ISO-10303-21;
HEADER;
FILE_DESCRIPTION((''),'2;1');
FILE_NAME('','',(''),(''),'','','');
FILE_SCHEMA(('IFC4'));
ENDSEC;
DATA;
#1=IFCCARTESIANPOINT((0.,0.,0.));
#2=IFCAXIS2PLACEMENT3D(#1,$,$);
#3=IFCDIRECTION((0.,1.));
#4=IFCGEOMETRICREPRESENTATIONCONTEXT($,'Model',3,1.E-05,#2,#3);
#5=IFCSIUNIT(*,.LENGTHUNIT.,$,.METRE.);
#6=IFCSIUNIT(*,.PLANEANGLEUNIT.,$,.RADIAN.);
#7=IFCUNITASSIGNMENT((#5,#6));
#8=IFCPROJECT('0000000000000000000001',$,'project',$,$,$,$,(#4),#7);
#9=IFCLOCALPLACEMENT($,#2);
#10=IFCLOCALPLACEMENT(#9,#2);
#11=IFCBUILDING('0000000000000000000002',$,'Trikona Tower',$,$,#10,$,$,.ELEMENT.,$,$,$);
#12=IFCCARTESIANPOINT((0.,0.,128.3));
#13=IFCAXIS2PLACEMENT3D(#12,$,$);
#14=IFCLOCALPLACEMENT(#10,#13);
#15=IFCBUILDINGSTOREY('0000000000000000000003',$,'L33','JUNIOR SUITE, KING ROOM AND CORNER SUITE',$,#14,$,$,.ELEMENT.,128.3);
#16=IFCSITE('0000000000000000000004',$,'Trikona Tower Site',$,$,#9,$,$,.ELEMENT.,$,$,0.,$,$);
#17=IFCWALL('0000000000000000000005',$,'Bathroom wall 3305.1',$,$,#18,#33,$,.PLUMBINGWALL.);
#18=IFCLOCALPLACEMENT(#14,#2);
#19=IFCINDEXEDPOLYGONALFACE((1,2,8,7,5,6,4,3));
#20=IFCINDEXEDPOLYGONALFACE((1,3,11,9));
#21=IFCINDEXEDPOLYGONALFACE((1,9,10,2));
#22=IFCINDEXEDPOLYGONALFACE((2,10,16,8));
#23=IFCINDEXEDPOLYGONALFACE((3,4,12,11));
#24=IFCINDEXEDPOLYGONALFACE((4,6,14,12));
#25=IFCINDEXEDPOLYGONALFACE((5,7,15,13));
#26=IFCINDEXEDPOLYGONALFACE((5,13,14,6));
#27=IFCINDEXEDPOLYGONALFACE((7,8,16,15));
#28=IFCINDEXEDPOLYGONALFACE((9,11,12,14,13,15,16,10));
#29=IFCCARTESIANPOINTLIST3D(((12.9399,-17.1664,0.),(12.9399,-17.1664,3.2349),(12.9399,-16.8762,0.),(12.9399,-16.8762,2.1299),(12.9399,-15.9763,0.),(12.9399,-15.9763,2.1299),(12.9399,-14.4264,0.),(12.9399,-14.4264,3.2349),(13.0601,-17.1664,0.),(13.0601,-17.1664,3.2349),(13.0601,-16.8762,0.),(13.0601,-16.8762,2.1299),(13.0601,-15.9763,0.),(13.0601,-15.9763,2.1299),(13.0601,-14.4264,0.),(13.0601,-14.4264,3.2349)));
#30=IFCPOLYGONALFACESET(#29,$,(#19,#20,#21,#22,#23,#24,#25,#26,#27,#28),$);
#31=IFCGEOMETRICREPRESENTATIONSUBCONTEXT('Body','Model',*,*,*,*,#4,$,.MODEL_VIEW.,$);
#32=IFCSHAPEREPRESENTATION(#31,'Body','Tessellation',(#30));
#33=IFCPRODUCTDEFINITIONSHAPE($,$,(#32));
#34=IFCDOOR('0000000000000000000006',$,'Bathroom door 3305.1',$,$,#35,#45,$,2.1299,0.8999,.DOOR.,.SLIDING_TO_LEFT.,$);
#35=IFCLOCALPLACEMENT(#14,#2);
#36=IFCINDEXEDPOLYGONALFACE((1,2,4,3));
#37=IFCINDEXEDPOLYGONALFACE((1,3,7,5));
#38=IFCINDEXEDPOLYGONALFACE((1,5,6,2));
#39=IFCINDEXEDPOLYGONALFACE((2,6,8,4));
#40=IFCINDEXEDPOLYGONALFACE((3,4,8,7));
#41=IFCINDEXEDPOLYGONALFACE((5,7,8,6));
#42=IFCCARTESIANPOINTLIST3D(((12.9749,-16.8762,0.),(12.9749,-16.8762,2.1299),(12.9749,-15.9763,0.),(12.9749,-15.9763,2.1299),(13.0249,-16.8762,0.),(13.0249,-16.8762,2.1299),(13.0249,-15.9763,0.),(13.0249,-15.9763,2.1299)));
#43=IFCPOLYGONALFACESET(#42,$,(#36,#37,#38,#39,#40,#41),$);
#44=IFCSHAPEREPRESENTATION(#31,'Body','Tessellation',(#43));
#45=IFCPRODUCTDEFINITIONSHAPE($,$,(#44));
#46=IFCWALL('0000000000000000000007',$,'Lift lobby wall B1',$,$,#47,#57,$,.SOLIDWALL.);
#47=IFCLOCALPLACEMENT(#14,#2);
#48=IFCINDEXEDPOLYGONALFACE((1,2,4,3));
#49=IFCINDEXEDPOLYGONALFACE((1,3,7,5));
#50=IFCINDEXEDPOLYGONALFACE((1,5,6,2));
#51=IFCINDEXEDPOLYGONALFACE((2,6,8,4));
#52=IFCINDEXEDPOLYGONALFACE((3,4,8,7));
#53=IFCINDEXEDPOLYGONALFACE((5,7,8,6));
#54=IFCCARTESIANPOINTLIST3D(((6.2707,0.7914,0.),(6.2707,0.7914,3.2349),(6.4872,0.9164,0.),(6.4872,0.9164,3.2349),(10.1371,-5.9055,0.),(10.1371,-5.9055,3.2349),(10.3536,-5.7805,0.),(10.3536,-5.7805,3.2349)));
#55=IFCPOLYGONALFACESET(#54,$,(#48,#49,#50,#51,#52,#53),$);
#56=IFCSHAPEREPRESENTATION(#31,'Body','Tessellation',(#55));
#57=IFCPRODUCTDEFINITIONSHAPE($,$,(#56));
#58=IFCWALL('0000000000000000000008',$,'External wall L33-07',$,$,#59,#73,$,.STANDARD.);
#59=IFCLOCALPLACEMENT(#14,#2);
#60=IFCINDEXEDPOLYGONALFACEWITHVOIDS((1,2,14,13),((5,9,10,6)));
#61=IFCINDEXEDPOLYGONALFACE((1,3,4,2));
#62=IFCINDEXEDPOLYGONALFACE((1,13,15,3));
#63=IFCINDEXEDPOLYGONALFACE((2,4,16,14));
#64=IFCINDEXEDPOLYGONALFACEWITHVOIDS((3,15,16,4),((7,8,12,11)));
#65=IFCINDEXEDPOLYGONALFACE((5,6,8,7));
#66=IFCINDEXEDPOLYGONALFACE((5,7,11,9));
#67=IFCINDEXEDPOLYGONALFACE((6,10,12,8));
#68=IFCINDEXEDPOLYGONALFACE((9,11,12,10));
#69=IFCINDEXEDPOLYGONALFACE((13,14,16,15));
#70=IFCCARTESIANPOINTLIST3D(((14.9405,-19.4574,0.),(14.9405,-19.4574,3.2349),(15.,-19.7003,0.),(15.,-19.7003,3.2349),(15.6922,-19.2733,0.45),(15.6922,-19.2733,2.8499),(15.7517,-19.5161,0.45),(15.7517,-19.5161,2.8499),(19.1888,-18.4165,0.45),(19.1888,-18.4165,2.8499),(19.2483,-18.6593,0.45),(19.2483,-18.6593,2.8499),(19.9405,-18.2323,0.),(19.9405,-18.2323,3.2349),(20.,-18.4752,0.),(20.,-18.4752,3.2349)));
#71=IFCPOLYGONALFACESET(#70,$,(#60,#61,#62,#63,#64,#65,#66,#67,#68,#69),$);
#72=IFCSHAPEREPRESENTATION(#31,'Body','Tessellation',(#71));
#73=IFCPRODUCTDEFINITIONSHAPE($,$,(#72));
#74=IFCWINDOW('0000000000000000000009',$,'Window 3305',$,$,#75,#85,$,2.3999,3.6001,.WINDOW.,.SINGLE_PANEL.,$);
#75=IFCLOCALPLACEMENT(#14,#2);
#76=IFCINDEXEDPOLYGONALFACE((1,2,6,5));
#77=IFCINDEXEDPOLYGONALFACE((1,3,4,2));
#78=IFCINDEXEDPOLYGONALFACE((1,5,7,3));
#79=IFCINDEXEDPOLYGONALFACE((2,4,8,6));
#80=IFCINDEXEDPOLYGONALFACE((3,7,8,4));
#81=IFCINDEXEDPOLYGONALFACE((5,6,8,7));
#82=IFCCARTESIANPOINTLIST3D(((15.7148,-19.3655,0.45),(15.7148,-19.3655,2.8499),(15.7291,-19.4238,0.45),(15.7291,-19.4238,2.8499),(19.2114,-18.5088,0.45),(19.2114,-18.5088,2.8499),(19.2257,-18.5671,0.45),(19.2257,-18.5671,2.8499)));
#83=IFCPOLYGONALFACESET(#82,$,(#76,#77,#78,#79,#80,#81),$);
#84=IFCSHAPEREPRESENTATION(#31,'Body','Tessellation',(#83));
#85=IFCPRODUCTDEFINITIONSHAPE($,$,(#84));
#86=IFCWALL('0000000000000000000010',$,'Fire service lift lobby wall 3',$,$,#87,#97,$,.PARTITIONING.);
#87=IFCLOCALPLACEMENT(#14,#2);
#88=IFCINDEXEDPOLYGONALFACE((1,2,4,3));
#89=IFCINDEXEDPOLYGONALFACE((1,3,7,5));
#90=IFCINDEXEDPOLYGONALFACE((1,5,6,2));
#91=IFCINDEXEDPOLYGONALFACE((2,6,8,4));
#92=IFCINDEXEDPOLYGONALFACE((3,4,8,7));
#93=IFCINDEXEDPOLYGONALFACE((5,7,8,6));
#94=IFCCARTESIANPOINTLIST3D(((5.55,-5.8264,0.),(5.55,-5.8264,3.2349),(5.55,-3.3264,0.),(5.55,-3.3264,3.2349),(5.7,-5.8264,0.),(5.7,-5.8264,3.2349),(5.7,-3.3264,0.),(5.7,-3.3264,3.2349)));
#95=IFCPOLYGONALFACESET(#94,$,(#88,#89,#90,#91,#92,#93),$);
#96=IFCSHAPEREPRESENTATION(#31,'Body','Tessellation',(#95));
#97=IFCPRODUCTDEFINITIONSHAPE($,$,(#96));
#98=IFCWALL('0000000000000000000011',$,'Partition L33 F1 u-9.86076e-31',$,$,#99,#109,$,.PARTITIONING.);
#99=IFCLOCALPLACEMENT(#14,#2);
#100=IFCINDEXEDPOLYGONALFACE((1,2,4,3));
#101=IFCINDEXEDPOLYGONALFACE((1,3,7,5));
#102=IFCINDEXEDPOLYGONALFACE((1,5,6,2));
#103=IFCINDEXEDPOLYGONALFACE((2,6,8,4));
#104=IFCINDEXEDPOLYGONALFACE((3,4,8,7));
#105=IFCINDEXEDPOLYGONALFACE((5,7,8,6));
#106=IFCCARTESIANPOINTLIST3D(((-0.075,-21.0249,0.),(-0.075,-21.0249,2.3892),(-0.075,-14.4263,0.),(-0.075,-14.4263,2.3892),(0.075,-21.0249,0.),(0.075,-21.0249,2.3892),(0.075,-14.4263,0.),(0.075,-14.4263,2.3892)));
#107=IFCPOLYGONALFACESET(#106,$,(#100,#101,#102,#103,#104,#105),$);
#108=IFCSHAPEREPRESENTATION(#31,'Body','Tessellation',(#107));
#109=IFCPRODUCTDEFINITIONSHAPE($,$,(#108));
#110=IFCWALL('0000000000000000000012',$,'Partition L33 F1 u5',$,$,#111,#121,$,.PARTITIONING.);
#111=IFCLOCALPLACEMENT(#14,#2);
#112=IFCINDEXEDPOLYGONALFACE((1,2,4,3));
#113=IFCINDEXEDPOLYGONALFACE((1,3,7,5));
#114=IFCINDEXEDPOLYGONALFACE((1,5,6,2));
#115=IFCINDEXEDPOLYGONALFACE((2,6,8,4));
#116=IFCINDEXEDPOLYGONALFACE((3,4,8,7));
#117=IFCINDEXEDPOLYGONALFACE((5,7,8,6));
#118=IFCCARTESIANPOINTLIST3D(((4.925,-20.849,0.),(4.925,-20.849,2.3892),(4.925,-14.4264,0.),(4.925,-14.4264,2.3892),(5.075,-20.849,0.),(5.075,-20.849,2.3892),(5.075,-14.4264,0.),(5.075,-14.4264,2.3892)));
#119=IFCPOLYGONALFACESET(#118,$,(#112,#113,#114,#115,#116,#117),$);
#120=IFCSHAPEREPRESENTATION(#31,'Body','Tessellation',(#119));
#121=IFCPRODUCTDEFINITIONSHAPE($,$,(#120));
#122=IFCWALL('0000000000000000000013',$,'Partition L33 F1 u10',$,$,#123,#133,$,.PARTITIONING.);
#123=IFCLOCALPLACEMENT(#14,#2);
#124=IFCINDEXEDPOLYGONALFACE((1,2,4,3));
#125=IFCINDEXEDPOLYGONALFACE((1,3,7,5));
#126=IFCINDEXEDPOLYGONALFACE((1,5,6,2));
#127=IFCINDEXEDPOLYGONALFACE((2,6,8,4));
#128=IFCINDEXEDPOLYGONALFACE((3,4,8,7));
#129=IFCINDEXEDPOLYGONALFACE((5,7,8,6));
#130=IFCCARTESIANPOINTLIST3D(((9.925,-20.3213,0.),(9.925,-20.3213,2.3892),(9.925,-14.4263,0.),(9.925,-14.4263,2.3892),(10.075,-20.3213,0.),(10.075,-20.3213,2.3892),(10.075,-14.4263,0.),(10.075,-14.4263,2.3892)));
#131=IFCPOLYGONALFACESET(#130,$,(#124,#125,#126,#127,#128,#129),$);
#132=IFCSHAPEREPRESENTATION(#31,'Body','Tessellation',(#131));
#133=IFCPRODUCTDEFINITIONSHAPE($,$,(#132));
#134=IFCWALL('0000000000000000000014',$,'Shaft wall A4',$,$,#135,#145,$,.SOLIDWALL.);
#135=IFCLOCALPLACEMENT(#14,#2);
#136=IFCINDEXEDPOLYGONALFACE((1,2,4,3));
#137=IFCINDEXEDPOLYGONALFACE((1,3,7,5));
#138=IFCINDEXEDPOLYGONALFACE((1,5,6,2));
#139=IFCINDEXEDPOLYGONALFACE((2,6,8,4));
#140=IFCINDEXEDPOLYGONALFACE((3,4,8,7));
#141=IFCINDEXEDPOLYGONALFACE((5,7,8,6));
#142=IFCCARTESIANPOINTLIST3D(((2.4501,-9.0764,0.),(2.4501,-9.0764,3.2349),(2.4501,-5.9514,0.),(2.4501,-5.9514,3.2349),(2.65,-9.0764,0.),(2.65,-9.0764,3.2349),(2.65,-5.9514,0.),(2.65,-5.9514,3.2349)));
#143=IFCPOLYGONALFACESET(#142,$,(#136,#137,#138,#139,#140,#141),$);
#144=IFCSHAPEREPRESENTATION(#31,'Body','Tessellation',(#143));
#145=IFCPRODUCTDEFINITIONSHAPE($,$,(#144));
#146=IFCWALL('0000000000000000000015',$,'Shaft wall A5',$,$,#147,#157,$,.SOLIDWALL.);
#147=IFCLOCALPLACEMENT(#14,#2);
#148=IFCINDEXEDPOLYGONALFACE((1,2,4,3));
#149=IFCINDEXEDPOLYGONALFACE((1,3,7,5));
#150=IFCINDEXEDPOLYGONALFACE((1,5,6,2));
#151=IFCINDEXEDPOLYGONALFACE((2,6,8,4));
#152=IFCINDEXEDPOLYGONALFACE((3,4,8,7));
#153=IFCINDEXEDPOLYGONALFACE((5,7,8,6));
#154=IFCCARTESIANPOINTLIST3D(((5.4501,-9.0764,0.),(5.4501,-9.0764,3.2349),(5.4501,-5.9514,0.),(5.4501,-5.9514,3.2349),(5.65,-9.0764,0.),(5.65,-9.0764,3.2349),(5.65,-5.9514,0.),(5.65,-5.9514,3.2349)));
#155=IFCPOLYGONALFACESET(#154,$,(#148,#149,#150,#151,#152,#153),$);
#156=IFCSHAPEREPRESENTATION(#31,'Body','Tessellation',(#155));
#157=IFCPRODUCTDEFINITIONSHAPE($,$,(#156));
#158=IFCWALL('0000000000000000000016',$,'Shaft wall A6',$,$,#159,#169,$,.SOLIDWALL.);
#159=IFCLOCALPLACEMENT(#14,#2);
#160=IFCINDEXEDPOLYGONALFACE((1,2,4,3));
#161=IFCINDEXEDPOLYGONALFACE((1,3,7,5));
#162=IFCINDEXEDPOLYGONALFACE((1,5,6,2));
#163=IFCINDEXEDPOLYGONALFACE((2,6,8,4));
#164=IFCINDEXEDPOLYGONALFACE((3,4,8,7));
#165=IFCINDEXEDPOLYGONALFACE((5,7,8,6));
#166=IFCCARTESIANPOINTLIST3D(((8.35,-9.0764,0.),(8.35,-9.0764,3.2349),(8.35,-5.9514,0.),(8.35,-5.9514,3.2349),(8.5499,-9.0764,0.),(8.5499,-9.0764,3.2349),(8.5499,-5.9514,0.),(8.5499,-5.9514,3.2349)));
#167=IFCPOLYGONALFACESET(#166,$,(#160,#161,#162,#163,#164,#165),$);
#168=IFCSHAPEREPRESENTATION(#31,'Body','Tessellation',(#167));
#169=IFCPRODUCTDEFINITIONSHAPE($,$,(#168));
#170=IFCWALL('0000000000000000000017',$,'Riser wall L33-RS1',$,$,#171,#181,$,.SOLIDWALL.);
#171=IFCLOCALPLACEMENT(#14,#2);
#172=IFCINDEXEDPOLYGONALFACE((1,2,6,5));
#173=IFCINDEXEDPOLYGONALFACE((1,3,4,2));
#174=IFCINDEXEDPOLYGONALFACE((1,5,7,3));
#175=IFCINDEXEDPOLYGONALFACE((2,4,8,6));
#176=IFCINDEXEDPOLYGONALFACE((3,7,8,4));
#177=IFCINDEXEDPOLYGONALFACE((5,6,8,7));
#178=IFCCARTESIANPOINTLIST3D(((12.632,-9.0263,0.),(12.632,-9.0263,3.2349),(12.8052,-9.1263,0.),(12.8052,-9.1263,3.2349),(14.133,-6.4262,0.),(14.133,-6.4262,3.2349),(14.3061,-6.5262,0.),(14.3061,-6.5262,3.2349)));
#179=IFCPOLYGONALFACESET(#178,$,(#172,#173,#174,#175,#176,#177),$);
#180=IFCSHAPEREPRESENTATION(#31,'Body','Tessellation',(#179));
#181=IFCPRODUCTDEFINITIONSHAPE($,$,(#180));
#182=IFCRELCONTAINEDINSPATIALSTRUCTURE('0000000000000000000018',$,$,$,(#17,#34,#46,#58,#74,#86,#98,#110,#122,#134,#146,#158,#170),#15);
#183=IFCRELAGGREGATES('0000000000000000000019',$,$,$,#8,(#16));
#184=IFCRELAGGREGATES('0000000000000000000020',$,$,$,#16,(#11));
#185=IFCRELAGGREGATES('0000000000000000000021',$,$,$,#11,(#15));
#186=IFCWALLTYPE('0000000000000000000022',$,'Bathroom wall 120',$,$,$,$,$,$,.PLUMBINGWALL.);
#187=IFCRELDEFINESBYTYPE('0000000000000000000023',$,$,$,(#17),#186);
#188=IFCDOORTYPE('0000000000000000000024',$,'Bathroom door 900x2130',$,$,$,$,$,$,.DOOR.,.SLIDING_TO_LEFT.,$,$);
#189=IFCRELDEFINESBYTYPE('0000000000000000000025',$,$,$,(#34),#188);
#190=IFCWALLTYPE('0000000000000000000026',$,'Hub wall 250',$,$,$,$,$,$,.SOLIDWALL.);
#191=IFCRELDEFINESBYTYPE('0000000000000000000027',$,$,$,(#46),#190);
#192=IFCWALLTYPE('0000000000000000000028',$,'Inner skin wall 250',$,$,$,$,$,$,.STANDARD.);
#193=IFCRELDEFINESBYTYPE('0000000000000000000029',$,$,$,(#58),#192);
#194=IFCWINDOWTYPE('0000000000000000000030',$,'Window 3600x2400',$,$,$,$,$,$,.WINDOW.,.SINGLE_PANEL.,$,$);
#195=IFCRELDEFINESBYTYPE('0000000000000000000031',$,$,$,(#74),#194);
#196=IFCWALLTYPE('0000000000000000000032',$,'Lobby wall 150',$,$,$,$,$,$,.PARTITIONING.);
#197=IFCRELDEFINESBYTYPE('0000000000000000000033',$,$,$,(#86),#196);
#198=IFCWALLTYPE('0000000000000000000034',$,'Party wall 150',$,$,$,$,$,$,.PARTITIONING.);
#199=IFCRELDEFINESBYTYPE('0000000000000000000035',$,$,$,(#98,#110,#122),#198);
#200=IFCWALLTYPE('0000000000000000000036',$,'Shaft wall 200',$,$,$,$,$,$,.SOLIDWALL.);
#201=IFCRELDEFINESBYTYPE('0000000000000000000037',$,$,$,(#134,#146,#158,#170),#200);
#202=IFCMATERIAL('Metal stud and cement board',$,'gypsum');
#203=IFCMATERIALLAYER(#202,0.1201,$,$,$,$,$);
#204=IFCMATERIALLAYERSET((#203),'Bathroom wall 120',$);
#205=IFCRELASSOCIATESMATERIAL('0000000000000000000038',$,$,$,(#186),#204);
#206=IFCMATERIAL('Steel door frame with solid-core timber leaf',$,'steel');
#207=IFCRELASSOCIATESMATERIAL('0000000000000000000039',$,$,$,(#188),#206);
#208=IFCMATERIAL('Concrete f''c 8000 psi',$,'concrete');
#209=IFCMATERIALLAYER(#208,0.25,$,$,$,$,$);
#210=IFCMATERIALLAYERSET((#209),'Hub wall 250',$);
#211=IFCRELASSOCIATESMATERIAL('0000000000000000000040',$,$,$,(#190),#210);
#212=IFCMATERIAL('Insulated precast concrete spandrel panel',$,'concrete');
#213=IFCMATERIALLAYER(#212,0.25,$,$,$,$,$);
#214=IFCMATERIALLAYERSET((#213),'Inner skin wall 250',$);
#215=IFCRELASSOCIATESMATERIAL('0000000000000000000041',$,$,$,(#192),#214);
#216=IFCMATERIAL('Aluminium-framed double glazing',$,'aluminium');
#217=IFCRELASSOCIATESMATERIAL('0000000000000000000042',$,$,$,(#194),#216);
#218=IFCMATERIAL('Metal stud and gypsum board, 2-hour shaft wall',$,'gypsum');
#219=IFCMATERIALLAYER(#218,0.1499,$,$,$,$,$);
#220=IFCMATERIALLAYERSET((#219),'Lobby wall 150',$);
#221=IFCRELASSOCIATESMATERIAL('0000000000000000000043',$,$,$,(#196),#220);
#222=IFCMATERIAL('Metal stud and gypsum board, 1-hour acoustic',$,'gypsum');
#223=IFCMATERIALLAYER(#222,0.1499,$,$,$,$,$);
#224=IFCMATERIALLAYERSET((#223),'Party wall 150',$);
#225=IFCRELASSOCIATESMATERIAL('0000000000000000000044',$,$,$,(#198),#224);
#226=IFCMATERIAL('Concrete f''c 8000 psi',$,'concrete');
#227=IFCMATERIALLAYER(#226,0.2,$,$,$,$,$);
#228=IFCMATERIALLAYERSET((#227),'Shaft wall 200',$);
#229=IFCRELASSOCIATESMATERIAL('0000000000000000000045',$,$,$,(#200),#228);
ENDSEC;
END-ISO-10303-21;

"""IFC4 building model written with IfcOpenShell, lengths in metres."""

from ifc_helpers import new_model, si_unit, direction, frame, frame_2d, origin, place, context, subcontext, project, spatial, rectangle, extrude, material, layer, layer_set, type_object, element, fill, save


model = new_model("IFC4")

# Units and contexts
model_context = context("Model", 3, precision=1e-05, world=origin(), true_north=direction((0.0, 1.0)))
body_context = subcontext(model_context, "Body", "Model", "MODEL_VIEW")
ifc_project = project(units=[si_unit("LENGTHUNIT", "METRE"), si_unit("PLANEANGLEUNIT", "RADIAN")], contexts=[model_context])

# Site, building, storey
site_placement = place(None, origin())
site = spatial("IfcSite", under=ifc_project, at=site_placement, Name="Trikona Tower Site", CompositionType="ELEMENT", RefElevation=0.0)
building_placement = place(site_placement, origin())
building = spatial("IfcBuilding", under=site, at=building_placement, Name="Trikona Tower", CompositionType="ELEMENT")
storey_placement = place(building_placement, frame((0.0, 0.0, 128.3)))
storey = spatial("IfcBuildingStorey", under=building, at=storey_placement, Name="L33", Description="JUNIOR SUITE, KING ROOM AND CORNER SUITE", CompositionType="ELEMENT", Elevation=128.3)

# Shared definitions
ifc_material_1 = material(Name="Metal stud and cement board", Category="gypsum")
ifc_layer_1 = layer(ifc_material_1, 0.1201)
ifc_layer_set_1 = layer_set([ifc_layer_1], Name="Bathroom wall 120")
wall_type_1 = type_object("IfcWallType", Name="Bathroom wall 120", PredefinedType="PLUMBINGWALL", material=ifc_layer_set_1)

# Shared definitions
ifc_material_2 = material(Name="Steel door frame with solid-core timber leaf", Category="steel")
door_type_1 = type_object("IfcDoorType", Name="Bathroom door 900x2130", OperationType="SLIDING_TO_LEFT", PredefinedType="DOOR", material=ifc_material_2)

# Wall, opening, door
wall_1_placement = place(storey_placement, frame((13.0, -14.4263, 0.0), z_axis=(0.0, 0.0, 1.0), x_axis=(0.0, -1.0, 0.0)))
wall_1 = element("IfcWall", 1, at=wall_1_placement, inside=storey, type_object=wall_type_1, Name="Bathroom wall 3305.1", PredefinedType="PLUMBINGWALL", context=body_context, shape_type="SweptSolid", body=[
    extrude(rectangle(XDim=2.74, YDim=0.1201, at=frame_2d((1.3701, 0.0))), origin(), (0.0, 0.0, 1.0), 3.2349),
])
opening_1_placement = place(wall_1_placement, frame((1.55, 0.0, 0.0)))
opening_1 = element("IfcOpeningElement", 2, at=opening_1_placement, cuts=wall_1, PredefinedType="OPENING", context=body_context, shape_type="SweptSolid", body=[
    extrude(rectangle(XDim=0.8999, YDim=2.1299, at=frame_2d((0.45, 1.0649))), frame((0.0, 0.0701, 0.0), z_axis=(0.0, -1.0, 0.0), x_axis=(1.0, 0.0, 0.0)), (0.0, 0.0, 1.0), 0.1401),
])
door_1_placement = place(opening_1_placement, origin())
door_1 = element("IfcDoor", 3, at=door_1_placement, inside=storey, type_object=door_type_1, Name="Bathroom door 3305.1", OperationType="SLIDING_TO_LEFT", OverallHeight=2.1299, OverallWidth=0.8999, PredefinedType="DOOR", context=body_context, shape_type="SweptSolid", body=[
    extrude(rectangle(XDim=0.8999, YDim=2.1299, at=frame_2d((0.45, 1.0649))), frame((0.0, 0.0249, 0.0), z_axis=(0.0, -1.0, 0.0), x_axis=(1.0, 0.0, 0.0)), (0.0, 0.0, 1.0), 0.05),
])
fill(opening_1, door_1)

# Wall
ifc_material_3 = material(Name="Concrete f'c 8000 psi", Category="concrete")
ifc_layer_2 = layer(ifc_material_3, 0.25)
ifc_layer_set_2 = layer_set([ifc_layer_2], Name="Hub wall 250")
wall_type_2 = type_object("IfcWallType", Name="Hub wall 250", PredefinedType="SOLIDWALL", material=ifc_layer_set_2)
wall_2_placement = place(storey_placement, frame((10.2454, -5.843, 0.0), z_axis=(0.0, 0.0, 1.0), x_axis=(-0.499993, 0.866029, 0.0)))
element("IfcWall", 4, at=wall_2_placement, inside=storey, type_object=wall_type_2, Name="Lift lobby wall B1", PredefinedType="SOLIDWALL", context=body_context, shape_type="SweptSolid", body=[
    extrude(rectangle(XDim=7.7329, YDim=0.25, at=frame_2d((3.8665, 0.0))), origin(), (0.0, 0.0, 1.0), 3.2349),
])

# Wall, opening, window
ifc_material_4 = material(Name="Insulated precast concrete spandrel panel", Category="concrete")
ifc_layer_3 = layer(ifc_material_4, 0.25)
ifc_layer_set_3 = layer_set([ifc_layer_3], Name="Inner skin wall 250")
wall_type_3 = type_object("IfcWallType", Name="Inner skin wall 250", PredefinedType="STANDARD", material=ifc_layer_set_3)
wall_3_placement = place(storey_placement, frame((14.9702, -19.5789, 0.0), z_axis=(0.0, 0.0, 1.0), x_axis=(0.97127, 0.23798, 0.0)))
wall_3 = element("IfcWall", 5, at=wall_3_placement, inside=storey, type_object=wall_type_3, Name="External wall L33-07", PredefinedType="STANDARD", context=body_context, shape_type="SweptSolid", body=[
    extrude(rectangle(XDim=5.1479, YDim=0.25, at=frame_2d((2.574, 0.0))), origin(), (0.0, 0.0, 1.0), 3.2349),
])
opening_2_placement = place(wall_3_placement, frame((0.7739, 0.0, 0.45)))
opening_2 = element("IfcOpeningElement", 6, at=opening_2_placement, cuts=wall_3, PredefinedType="OPENING", context=body_context, shape_type="SweptSolid", body=[
    extrude(rectangle(XDim=3.6001, YDim=2.3999, at=frame_2d((1.8, 1.2))), frame((0.0, 0.135, 0.0), z_axis=(0.0, -1.0, 0.0), x_axis=(1.0, 0.0, 0.0)), (0.0, 0.0, 1.0), 0.27),
])
ifc_material_5 = material(Name="Aluminium-framed double glazing", Category="aluminium")
window_type = type_object("IfcWindowType", Name="Window 3600x2400", PartitioningType="SINGLE_PANEL", PredefinedType="WINDOW", material=ifc_material_5)
window_placement = place(opening_2_placement, origin())
window = element("IfcWindow", 7, at=window_placement, inside=storey, type_object=window_type, Name="Window 3305", OverallHeight=2.3999, OverallWidth=3.6001, PartitioningType="SINGLE_PANEL", PredefinedType="WINDOW", context=body_context, shape_type="SweptSolid", body=[
    extrude(rectangle(XDim=3.6001, YDim=2.3999, at=frame_2d((1.8, 1.2))), frame((0.0, 0.03, 0.0), z_axis=(0.0, -1.0, 0.0), x_axis=(1.0, 0.0, 0.0)), (0.0, 0.0, 1.0), 0.0601),
])
fill(opening_2, window)

# Walls
ifc_material_6 = material(Name="Metal stud and gypsum board, 2-hour shaft wall", Category="gypsum")
ifc_layer_4 = layer(ifc_material_6, 0.1499)
ifc_layer_set_4 = layer_set([ifc_layer_4], Name="Lobby wall 150")
wall_type_4 = type_object("IfcWallType", Name="Lobby wall 150", PredefinedType="PARTITIONING", material=ifc_layer_set_4)
wall_4_placement = place(storey_placement, frame((5.625, -5.8264, 0.0), z_axis=(0.0, 0.0, 1.0), x_axis=(0.0, 1.0, 0.0)))
element("IfcWall", 8, at=wall_4_placement, inside=storey, type_object=wall_type_4, Name="Fire service lift lobby wall 3", PredefinedType="PARTITIONING", context=body_context, shape_type="SweptSolid", body=[
    extrude(rectangle(XDim=2.5, YDim=0.1499, at=frame_2d((1.25, 0.0))), origin(), (0.0, 0.0, 1.0), 3.2349),
])
ifc_material_7 = material(Name="Metal stud and gypsum board, 1-hour acoustic", Category="gypsum")
ifc_layer_5 = layer(ifc_material_7, 0.1499)
ifc_layer_set_5 = layer_set([ifc_layer_5], Name="Party wall 150")
wall_type_5 = type_object("IfcWallType", Name="Party wall 150", PredefinedType="PARTITIONING", material=ifc_layer_set_5)
wall_5_placement = place(storey_placement, frame((0.0, -14.4263, 0.0), z_axis=(0.0, 0.0, 1.0), x_axis=(0.0, -1.0, 0.0)))
element("IfcWall", 9, at=wall_5_placement, inside=storey, type_object=wall_type_5, Name="Partition L33 F1 u-9.86076e-31", PredefinedType="PARTITIONING", context=body_context, shape_type="SweptSolid", body=[
    extrude(rectangle(XDim=6.5986, YDim=0.1499, at=frame_2d((3.2993, 0.0))), origin(), (0.0, 0.0, 1.0), 2.3892),
])
wall_6_placement = place(storey_placement, frame((5.0, -14.4263, 0.0), z_axis=(0.0, 0.0, 1.0), x_axis=(0.0, -1.0, 0.0)))
element("IfcWall", 10, at=wall_6_placement, inside=storey, type_object=wall_type_5, Name="Partition L33 F1 u5", PredefinedType="PARTITIONING", context=body_context, shape_type="SweptSolid", body=[
    extrude(rectangle(XDim=6.4226, YDim=0.1499, at=frame_2d((3.2114, 0.0))), origin(), (0.0, 0.0, 1.0), 2.3892),
])
wall_7_placement = place(storey_placement, frame((10.0, -14.4263, 0.0), z_axis=(0.0, 0.0, 1.0), x_axis=(0.0, -1.0, 0.0)))
element("IfcWall", 11, at=wall_7_placement, inside=storey, type_object=wall_type_5, Name="Partition L33 F1 u10", PredefinedType="PARTITIONING", context=body_context, shape_type="SweptSolid", body=[
    extrude(rectangle(XDim=5.895, YDim=0.1499, at=frame_2d((2.9475, 0.0))), origin(), (0.0, 0.0, 1.0), 2.3892),
])
ifc_material_8 = material(Name="Concrete f'c 8000 psi", Category="concrete")
ifc_layer_6 = layer(ifc_material_8, 0.2)
ifc_layer_set_6 = layer_set([ifc_layer_6], Name="Shaft wall 200")
wall_type_6 = type_object("IfcWallType", Name="Shaft wall 200", PredefinedType="SOLIDWALL", material=ifc_layer_set_6)
for number, where, z_axis, x_axis, name in (
    (12, (2.55, -5.9514, 0.0), (0.0, 0.0, 1.0), (0.0, -1.0, 0.0), "Shaft wall A4"),
    (13, (5.55, -5.9514, 0.0), (0.0, 0.0, 1.0), (0.0, -1.0, 0.0), "Shaft wall A5"),
    (14, (8.45, -5.9514, 0.0), (0.0, 0.0, 1.0), (0.0, -1.0, 0.0), "Shaft wall A6"),
):
    element("IfcWall", number, at=place(storey_placement, frame(where, z_axis=z_axis, x_axis=x_axis)), inside=storey, type_object=wall_type_6, Name=name, PredefinedType="SOLIDWALL", context=body_context, shape_type="SweptSolid", body=[
        extrude(rectangle(XDim=3.125, YDim=0.2, at=frame_2d((1.5625, 0.0))), origin(), (0.0, 0.0, 1.0), 3.2349),
    ])
wall_8_placement = place(storey_placement, frame((14.2195, -6.4763, 0.0), z_axis=(0.0, 0.0, 1.0), x_axis=(-0.499952, -0.866053, 0.0)))
element("IfcWall", 15, at=wall_8_placement, inside=storey, type_object=wall_type_6, Name="Riser wall L33-RS1", PredefinedType="SOLIDWALL", context=body_context, shape_type="SweptSolid", body=[
    extrude(rectangle(XDim=3.0022, YDim=0.2, at=frame_2d((1.501, 0.0))), origin(), (0.0, 0.0, 1.0), 3.2349),
])

save(model, "model.ifc")
